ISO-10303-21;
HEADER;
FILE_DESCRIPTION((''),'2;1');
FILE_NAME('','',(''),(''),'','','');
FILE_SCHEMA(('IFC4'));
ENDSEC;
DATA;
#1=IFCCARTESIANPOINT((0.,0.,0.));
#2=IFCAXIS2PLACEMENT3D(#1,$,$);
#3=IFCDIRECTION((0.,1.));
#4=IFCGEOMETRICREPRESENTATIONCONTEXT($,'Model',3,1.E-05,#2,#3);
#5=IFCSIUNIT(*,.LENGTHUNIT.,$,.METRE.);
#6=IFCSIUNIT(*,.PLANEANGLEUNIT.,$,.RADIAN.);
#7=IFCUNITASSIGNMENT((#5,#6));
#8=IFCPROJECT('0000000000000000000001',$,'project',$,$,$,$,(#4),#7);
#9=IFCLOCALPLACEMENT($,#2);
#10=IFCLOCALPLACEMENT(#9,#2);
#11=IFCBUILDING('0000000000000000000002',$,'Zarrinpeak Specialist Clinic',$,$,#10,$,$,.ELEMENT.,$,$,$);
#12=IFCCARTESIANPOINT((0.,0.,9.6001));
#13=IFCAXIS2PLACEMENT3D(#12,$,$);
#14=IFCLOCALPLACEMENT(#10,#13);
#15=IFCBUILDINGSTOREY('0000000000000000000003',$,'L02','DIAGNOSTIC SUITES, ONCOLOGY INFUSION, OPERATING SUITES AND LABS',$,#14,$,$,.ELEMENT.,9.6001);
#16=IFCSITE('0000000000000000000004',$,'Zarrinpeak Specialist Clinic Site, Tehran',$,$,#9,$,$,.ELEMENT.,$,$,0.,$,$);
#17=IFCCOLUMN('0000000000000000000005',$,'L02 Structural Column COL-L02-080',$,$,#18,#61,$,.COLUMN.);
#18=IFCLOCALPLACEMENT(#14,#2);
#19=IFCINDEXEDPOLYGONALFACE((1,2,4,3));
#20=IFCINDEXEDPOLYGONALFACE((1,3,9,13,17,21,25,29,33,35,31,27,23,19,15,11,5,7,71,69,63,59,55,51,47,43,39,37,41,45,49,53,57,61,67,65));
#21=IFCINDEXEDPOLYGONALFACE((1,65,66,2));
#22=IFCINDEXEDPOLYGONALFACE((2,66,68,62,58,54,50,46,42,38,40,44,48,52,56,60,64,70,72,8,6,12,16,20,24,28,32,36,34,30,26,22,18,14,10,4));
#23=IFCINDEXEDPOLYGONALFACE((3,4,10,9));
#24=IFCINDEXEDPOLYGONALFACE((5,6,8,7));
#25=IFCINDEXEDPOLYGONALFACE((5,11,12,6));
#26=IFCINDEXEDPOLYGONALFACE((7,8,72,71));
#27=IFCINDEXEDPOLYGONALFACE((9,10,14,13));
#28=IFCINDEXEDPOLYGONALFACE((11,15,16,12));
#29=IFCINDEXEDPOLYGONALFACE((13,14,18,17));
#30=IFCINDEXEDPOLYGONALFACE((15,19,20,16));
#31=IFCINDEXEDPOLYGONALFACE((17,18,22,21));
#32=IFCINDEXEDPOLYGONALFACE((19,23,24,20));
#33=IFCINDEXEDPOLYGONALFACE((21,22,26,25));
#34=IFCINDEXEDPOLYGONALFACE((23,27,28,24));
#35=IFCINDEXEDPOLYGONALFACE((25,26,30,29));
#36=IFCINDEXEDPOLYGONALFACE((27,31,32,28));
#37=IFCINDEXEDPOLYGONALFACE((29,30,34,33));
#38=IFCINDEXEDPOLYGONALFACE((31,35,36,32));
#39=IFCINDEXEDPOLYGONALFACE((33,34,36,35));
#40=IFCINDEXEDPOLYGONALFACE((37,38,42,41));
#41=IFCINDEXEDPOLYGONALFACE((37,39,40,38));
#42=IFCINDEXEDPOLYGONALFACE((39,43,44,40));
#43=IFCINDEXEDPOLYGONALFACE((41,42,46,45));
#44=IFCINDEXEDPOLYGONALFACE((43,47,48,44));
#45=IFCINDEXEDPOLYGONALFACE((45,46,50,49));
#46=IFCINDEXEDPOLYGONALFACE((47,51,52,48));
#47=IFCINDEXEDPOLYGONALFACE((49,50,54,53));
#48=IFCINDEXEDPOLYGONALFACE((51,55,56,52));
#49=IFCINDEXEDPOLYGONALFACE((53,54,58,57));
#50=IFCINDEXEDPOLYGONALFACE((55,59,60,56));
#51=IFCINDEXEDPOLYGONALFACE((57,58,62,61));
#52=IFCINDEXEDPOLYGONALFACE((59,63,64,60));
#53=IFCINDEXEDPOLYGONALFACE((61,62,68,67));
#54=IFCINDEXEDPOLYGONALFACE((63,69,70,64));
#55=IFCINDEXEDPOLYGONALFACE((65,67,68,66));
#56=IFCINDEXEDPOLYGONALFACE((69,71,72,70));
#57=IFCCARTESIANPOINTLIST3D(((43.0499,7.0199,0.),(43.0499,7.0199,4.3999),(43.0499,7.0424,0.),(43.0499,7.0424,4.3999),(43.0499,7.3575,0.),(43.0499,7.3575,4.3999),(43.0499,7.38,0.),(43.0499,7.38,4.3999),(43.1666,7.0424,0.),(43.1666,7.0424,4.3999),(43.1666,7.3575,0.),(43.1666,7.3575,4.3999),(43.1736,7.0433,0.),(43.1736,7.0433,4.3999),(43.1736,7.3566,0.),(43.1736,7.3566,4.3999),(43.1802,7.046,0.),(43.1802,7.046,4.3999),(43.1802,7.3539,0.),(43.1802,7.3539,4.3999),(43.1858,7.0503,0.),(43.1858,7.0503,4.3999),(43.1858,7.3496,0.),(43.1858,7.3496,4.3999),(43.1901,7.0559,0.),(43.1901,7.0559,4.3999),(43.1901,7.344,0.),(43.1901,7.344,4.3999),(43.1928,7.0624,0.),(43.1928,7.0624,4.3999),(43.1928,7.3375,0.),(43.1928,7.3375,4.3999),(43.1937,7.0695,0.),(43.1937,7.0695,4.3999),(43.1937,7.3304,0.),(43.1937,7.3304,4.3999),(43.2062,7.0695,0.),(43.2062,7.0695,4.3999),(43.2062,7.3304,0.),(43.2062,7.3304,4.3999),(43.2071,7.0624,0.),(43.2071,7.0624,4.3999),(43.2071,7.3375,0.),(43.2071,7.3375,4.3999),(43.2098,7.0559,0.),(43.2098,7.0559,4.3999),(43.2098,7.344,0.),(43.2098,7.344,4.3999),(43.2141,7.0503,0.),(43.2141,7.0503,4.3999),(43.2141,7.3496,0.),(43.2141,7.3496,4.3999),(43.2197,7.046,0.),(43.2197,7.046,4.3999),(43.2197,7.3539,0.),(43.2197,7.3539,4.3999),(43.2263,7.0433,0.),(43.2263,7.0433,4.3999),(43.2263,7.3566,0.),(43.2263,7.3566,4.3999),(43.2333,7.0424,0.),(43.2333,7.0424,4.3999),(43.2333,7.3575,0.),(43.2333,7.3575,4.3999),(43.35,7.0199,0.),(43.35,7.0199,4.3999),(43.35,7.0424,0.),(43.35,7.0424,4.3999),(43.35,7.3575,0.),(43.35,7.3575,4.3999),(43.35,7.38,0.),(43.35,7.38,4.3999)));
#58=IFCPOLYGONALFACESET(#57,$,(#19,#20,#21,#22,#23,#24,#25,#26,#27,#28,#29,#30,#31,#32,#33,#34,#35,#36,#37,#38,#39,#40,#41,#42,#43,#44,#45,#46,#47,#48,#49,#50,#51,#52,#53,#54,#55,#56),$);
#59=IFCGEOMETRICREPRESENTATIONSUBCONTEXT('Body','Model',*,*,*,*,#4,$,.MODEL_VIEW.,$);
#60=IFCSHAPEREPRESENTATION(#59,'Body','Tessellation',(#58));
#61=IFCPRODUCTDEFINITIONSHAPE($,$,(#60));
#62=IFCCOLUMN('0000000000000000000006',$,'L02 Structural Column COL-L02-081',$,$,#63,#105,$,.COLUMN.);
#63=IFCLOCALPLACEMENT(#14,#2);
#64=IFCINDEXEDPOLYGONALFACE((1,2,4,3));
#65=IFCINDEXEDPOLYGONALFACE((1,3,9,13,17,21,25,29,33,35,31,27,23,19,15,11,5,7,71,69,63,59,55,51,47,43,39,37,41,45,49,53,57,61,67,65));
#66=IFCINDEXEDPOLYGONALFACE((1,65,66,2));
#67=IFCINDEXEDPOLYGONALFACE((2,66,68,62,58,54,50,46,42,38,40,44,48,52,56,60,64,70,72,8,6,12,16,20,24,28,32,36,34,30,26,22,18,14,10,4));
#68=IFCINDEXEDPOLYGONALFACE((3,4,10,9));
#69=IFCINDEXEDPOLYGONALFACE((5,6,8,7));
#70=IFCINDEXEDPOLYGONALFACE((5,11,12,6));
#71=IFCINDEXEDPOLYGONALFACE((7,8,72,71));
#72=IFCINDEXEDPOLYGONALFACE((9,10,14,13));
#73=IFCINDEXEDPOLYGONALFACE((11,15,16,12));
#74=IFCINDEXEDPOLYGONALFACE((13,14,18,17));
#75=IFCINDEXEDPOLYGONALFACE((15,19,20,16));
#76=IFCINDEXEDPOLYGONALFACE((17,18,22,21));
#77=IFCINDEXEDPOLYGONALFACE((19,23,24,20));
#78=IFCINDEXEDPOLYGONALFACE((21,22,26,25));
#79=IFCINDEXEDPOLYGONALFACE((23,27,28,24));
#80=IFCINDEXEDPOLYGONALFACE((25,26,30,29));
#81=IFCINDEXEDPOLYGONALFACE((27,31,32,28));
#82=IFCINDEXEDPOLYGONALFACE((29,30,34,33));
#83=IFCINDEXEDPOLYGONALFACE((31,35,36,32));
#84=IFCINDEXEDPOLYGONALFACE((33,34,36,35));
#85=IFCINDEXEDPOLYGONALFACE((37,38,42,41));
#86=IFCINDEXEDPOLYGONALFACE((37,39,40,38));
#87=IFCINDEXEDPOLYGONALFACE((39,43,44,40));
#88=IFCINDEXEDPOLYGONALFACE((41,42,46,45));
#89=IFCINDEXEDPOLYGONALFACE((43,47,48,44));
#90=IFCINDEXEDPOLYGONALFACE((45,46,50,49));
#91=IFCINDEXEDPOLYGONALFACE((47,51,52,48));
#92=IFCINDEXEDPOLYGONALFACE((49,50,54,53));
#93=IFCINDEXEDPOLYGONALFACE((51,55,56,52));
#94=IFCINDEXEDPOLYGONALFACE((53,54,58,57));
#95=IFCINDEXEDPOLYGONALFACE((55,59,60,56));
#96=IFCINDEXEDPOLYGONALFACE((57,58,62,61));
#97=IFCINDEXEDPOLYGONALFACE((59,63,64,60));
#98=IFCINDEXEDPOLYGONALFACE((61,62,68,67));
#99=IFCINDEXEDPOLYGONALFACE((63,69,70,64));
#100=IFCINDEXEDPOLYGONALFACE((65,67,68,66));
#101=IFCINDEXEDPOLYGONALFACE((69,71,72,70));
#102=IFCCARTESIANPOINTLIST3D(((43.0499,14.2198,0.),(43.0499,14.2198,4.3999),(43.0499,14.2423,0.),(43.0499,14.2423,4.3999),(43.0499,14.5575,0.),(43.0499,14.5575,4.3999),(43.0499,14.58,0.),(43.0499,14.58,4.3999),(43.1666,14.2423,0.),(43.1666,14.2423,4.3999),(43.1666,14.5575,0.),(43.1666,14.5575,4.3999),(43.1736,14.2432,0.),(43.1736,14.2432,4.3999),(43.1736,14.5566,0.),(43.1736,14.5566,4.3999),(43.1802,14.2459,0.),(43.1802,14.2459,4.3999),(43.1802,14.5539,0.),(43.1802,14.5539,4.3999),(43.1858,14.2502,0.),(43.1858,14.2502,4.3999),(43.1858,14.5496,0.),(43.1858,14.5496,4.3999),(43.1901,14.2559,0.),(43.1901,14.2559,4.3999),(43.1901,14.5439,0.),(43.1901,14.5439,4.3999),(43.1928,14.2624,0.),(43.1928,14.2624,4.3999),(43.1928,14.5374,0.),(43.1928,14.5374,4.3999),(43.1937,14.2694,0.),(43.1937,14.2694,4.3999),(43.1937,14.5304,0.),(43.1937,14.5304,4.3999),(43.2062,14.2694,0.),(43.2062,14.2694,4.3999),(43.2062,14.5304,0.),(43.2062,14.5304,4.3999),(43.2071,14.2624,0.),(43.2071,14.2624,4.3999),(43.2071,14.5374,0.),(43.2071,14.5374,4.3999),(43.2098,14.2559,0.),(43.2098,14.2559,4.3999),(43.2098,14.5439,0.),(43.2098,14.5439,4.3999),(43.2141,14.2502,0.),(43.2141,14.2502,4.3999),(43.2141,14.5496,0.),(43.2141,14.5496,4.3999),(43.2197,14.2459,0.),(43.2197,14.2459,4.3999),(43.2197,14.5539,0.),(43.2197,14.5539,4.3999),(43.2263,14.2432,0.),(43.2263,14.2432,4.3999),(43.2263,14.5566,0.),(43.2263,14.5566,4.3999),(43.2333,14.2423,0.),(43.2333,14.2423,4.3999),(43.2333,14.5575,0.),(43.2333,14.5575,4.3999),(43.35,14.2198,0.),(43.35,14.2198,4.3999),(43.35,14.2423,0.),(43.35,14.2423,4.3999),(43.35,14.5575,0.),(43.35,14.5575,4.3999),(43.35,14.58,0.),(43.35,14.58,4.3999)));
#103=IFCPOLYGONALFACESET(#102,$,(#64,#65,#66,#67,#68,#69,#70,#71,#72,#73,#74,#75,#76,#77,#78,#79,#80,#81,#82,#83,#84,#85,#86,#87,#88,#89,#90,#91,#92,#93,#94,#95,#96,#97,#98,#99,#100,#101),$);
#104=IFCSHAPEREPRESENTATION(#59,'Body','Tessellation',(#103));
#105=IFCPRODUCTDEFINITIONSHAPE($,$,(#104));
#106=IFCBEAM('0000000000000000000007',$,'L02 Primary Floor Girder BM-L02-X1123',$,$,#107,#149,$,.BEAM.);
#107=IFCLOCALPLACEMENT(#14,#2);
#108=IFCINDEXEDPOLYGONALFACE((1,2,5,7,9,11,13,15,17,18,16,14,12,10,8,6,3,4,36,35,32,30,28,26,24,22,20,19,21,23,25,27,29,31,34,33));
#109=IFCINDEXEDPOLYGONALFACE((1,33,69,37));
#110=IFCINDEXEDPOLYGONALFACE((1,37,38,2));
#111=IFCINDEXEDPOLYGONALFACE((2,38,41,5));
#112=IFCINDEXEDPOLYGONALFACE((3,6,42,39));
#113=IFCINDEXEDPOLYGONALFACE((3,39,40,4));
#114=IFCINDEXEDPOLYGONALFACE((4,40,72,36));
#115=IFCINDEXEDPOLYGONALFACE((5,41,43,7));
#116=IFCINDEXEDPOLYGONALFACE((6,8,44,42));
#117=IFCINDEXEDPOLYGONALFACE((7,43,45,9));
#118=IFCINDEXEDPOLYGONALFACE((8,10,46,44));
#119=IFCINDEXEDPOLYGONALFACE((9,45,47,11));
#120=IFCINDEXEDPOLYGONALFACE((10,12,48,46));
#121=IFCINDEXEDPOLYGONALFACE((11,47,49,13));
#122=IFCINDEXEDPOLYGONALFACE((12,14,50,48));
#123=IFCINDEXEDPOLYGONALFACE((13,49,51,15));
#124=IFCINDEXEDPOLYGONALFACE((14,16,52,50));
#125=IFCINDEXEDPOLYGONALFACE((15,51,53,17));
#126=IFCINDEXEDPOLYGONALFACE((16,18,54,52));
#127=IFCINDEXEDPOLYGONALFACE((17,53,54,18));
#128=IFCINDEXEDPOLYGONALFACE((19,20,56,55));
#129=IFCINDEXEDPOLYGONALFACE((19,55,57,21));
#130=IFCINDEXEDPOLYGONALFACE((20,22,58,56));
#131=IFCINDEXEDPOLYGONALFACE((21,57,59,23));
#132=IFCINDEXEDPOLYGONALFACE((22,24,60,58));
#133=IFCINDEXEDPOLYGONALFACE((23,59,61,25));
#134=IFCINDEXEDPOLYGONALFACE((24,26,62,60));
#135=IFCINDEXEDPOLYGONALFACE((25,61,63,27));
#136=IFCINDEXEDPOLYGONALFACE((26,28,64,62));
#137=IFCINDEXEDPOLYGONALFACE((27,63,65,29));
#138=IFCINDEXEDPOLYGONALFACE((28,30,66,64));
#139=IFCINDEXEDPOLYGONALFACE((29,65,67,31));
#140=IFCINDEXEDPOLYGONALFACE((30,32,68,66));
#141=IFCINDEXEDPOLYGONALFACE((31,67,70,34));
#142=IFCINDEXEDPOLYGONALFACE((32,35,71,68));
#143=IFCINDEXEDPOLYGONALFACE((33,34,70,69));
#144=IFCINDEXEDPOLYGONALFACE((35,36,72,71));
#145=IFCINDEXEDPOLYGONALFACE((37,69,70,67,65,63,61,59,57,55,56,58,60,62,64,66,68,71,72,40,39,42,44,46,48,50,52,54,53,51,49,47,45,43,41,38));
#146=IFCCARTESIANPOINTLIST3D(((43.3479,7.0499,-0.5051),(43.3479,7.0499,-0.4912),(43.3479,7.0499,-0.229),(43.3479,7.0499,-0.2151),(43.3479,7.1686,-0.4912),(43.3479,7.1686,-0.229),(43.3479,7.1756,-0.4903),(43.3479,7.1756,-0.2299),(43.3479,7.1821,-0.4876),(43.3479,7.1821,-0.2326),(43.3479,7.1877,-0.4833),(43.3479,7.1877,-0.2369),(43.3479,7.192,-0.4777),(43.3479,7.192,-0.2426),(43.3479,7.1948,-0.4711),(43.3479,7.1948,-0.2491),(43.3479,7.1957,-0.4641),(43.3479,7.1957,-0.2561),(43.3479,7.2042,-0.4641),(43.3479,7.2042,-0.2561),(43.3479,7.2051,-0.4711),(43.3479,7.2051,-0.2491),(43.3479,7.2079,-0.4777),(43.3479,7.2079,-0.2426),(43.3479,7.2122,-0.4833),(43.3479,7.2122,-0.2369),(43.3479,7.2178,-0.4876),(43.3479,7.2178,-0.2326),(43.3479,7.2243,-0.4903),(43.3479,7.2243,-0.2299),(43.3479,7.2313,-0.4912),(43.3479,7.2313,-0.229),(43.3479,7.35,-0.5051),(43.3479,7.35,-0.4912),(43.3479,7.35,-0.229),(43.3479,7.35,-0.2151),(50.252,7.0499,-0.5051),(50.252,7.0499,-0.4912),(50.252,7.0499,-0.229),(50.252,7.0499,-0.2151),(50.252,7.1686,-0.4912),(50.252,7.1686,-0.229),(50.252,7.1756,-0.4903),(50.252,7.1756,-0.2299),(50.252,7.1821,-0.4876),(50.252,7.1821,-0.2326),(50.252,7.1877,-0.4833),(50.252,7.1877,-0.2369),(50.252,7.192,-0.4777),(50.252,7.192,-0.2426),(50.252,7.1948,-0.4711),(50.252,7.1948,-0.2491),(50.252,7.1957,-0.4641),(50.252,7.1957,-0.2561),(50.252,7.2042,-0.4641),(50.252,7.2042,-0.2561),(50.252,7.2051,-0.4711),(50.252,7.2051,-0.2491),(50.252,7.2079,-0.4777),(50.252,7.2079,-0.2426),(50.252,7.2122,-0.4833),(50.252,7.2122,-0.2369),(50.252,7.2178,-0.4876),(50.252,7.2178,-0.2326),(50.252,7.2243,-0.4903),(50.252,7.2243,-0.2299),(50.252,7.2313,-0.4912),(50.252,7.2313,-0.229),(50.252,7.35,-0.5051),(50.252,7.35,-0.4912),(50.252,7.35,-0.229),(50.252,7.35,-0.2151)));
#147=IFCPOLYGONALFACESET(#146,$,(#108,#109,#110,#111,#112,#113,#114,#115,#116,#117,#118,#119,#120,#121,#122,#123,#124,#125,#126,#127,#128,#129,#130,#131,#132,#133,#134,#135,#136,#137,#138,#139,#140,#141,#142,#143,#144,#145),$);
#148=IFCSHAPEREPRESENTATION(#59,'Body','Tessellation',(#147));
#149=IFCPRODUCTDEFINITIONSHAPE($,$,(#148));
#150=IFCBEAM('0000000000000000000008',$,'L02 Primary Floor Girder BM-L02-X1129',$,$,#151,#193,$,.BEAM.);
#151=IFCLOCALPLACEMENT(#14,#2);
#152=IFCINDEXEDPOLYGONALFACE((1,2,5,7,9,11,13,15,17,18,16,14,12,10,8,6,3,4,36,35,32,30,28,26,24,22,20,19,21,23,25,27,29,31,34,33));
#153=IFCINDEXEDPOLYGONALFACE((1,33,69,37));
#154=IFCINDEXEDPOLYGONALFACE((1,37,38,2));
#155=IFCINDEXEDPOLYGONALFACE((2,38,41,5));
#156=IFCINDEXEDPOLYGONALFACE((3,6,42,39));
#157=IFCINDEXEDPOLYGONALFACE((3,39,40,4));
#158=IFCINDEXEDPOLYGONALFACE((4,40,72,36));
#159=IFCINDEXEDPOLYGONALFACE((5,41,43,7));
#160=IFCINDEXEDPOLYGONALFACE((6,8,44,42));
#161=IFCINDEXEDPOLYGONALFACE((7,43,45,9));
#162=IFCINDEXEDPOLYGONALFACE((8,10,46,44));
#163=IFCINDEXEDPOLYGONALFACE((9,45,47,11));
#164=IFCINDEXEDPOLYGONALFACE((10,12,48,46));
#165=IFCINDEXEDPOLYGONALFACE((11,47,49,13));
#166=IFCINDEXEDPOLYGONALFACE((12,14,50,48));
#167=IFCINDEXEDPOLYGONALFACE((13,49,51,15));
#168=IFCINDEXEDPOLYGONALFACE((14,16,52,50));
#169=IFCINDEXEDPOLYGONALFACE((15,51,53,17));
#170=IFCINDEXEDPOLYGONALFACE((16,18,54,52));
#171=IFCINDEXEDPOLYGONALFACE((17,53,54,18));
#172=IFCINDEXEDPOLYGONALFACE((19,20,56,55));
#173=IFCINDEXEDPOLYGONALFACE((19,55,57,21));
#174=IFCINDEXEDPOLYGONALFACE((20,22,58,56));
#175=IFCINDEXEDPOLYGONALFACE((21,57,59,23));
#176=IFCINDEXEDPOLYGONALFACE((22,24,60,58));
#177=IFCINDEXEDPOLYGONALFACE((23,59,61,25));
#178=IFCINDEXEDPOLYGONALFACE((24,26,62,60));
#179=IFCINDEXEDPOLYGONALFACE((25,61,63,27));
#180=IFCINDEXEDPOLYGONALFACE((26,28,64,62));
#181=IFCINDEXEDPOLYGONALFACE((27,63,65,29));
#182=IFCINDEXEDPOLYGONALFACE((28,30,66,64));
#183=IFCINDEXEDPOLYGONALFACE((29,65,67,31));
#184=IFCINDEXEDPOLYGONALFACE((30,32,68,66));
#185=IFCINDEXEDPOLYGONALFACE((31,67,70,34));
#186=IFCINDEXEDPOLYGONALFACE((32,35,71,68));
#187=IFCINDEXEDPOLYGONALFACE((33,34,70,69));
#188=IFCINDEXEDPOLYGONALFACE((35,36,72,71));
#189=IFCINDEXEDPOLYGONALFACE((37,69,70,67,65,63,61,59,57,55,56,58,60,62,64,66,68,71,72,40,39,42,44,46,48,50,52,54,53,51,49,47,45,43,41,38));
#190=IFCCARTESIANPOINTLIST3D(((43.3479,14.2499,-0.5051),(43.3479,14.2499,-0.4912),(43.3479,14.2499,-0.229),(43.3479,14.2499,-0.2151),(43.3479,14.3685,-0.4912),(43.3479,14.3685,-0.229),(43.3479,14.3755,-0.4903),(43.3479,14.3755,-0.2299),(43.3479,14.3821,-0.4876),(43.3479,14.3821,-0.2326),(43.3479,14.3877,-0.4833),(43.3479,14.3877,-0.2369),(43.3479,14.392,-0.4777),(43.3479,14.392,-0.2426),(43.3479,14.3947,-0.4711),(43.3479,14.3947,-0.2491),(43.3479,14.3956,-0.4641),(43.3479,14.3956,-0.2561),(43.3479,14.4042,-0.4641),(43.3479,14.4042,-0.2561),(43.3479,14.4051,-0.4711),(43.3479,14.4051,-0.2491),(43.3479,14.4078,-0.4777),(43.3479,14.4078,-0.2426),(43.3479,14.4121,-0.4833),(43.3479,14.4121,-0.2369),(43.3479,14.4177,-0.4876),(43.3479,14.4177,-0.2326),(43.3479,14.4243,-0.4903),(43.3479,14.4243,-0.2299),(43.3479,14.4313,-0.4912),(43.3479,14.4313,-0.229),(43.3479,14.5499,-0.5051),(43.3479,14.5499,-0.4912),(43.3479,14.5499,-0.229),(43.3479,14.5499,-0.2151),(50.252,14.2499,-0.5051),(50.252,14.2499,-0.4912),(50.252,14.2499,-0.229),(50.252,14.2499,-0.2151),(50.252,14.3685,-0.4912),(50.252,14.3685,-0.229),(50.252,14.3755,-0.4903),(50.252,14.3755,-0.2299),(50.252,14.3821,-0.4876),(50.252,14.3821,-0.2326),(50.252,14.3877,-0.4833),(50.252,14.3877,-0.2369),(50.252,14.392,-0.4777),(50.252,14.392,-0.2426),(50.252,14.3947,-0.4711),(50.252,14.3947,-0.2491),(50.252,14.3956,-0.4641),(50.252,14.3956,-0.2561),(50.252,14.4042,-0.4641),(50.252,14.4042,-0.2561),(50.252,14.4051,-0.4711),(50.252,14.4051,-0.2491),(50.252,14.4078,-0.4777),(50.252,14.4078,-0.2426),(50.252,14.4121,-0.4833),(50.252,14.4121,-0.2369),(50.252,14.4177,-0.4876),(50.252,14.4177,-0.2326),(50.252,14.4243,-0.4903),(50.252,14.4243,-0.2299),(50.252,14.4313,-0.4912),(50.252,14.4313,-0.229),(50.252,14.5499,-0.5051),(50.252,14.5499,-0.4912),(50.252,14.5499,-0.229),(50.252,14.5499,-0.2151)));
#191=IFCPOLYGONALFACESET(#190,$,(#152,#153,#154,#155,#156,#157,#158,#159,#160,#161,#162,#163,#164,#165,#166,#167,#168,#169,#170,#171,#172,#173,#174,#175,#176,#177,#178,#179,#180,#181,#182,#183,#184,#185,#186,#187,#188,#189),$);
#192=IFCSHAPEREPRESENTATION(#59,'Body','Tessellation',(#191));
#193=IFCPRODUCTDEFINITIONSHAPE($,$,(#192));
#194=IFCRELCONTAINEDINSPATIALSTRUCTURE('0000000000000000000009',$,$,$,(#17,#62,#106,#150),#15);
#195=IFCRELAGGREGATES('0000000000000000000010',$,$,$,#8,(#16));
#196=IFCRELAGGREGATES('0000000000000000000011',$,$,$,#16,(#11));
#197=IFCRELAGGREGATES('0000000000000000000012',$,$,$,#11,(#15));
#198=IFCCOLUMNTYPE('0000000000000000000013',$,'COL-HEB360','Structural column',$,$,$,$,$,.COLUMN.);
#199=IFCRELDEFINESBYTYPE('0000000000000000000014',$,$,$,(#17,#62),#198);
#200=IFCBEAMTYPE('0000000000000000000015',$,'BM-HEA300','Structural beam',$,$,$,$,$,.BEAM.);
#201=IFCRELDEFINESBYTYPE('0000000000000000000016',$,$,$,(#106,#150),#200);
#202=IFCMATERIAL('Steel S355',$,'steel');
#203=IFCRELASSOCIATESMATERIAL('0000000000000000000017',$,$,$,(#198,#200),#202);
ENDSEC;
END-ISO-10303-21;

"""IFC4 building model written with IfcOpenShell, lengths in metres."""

from ifc_helpers import new_model, si_unit, direction, frame, origin, origin_2d, place, context, subcontext, project, spatial, i_section, extrude, material, material_profile, profile_set, type_object, element, save


model = new_model("IFC4")

# Units and contexts
model_context = context("Model", 3, precision=1e-05, world=origin(), true_north=direction((0.0, 1.0)))
body_context = subcontext(model_context, "Body", "Model", "MODEL_VIEW")
ifc_project = project(units=[si_unit("LENGTHUNIT", "METRE"), si_unit("PLANEANGLEUNIT", "RADIAN")], contexts=[model_context])

# Site, building, storey
site_placement = place(None, origin())
site = spatial("IfcSite", under=ifc_project, at=site_placement, Name="Zarrinpeak Specialist Clinic Site, Tehran", CompositionType="ELEMENT", RefElevation=0.0)
building_placement = place(site_placement, origin())
building = spatial("IfcBuilding", under=site, at=building_placement, Name="Zarrinpeak Specialist Clinic", CompositionType="ELEMENT")
storey_placement = place(building_placement, frame((0.0, 0.0, 9.6001)))
storey = spatial("IfcBuildingStorey", under=building, at=storey_placement, Name="L02", Description="DIAGNOSTIC SUITES, ONCOLOGY INFUSION, OPERATING SUITES AND LABS", CompositionType="ELEMENT", Elevation=9.6001)

# Columns
ifc_material_1 = material(Name="Steel S355", Category="steel")
ifc_material_profile_1 = material_profile(ifc_material_1, i_section(OverallWidth=0.3, OverallDepth=0.3601, WebThickness=0.0125, FlangeThickness=0.0225, FilletRadius=0.0271, at=origin_2d()), Name="HEB 360")
ifc_profile_set_1 = profile_set([ifc_material_profile_1], Name="Steel S355")
column_type = type_object("IfcColumnType", Name="COL-HEB360", Description="Structural column", PredefinedType="COLUMN", material=ifc_profile_set_1)
for number, where, z_axis, x_axis, name in (
    (1, (43.2, 7.2, 0.0), (0.0, 0.0, 1.0), (1.0, 0.0, 0.0), "L02 Structural Column COL-L02-080"),
    (2, (43.2, 14.3999, 0.0), (0.0, 0.0, 1.0), (1.0, 0.0, 0.0), "L02 Structural Column COL-L02-081"),
):
    element("IfcColumn", number, at=place(storey_placement, frame(where, z_axis=z_axis, x_axis=x_axis)), inside=storey, type_object=column_type, Name=name, PredefinedType="COLUMN", context=body_context, shape_type="SweptSolid", body=[
        extrude(i_section(OverallWidth=0.3, OverallDepth=0.3601, WebThickness=0.0125, FlangeThickness=0.0225, FilletRadius=0.0271, at=origin_2d()), origin(), (0.0, 0.0, 1.0), 4.3999),
    ])

# Beams
ifc_material_profile_2 = material_profile(ifc_material_1, i_section(OverallWidth=0.3, OverallDepth=0.29, WebThickness=0.0085, FlangeThickness=0.0139, FilletRadius=0.0271, at=origin_2d()), Name="HEA 300")
ifc_profile_set_2 = profile_set([ifc_material_profile_2], Name="Steel S355")
beam_type = type_object("IfcBeamType", Name="BM-HEA300", Description="Structural beam", PredefinedType="BEAM", material=ifc_profile_set_2)
for number, where, z_axis, x_axis, name in (
    (3, (43.3479, 7.2, -0.3601), (1.0, 0.0, 0.0), (0.0, 1.0, 0.0), "L02 Primary Floor Girder BM-L02-X1123"),
    (4, (43.3479, 14.3999, -0.3601), (1.0, 0.0, 0.0), (0.0, 1.0, 0.0), "L02 Primary Floor Girder BM-L02-X1129"),
):
    element("IfcBeam", number, at=place(storey_placement, frame(where, z_axis=z_axis, x_axis=x_axis)), inside=storey, type_object=beam_type, Name=name, PredefinedType="BEAM", context=body_context, shape_type="SweptSolid", body=[
        extrude(i_section(OverallWidth=0.3, OverallDepth=0.29, WebThickness=0.0085, FlangeThickness=0.0139, FilletRadius=0.0271, at=origin_2d()), origin(), (0.0, 0.0, 1.0), 6.9041),
    ])

save(model, "model.ifc")
